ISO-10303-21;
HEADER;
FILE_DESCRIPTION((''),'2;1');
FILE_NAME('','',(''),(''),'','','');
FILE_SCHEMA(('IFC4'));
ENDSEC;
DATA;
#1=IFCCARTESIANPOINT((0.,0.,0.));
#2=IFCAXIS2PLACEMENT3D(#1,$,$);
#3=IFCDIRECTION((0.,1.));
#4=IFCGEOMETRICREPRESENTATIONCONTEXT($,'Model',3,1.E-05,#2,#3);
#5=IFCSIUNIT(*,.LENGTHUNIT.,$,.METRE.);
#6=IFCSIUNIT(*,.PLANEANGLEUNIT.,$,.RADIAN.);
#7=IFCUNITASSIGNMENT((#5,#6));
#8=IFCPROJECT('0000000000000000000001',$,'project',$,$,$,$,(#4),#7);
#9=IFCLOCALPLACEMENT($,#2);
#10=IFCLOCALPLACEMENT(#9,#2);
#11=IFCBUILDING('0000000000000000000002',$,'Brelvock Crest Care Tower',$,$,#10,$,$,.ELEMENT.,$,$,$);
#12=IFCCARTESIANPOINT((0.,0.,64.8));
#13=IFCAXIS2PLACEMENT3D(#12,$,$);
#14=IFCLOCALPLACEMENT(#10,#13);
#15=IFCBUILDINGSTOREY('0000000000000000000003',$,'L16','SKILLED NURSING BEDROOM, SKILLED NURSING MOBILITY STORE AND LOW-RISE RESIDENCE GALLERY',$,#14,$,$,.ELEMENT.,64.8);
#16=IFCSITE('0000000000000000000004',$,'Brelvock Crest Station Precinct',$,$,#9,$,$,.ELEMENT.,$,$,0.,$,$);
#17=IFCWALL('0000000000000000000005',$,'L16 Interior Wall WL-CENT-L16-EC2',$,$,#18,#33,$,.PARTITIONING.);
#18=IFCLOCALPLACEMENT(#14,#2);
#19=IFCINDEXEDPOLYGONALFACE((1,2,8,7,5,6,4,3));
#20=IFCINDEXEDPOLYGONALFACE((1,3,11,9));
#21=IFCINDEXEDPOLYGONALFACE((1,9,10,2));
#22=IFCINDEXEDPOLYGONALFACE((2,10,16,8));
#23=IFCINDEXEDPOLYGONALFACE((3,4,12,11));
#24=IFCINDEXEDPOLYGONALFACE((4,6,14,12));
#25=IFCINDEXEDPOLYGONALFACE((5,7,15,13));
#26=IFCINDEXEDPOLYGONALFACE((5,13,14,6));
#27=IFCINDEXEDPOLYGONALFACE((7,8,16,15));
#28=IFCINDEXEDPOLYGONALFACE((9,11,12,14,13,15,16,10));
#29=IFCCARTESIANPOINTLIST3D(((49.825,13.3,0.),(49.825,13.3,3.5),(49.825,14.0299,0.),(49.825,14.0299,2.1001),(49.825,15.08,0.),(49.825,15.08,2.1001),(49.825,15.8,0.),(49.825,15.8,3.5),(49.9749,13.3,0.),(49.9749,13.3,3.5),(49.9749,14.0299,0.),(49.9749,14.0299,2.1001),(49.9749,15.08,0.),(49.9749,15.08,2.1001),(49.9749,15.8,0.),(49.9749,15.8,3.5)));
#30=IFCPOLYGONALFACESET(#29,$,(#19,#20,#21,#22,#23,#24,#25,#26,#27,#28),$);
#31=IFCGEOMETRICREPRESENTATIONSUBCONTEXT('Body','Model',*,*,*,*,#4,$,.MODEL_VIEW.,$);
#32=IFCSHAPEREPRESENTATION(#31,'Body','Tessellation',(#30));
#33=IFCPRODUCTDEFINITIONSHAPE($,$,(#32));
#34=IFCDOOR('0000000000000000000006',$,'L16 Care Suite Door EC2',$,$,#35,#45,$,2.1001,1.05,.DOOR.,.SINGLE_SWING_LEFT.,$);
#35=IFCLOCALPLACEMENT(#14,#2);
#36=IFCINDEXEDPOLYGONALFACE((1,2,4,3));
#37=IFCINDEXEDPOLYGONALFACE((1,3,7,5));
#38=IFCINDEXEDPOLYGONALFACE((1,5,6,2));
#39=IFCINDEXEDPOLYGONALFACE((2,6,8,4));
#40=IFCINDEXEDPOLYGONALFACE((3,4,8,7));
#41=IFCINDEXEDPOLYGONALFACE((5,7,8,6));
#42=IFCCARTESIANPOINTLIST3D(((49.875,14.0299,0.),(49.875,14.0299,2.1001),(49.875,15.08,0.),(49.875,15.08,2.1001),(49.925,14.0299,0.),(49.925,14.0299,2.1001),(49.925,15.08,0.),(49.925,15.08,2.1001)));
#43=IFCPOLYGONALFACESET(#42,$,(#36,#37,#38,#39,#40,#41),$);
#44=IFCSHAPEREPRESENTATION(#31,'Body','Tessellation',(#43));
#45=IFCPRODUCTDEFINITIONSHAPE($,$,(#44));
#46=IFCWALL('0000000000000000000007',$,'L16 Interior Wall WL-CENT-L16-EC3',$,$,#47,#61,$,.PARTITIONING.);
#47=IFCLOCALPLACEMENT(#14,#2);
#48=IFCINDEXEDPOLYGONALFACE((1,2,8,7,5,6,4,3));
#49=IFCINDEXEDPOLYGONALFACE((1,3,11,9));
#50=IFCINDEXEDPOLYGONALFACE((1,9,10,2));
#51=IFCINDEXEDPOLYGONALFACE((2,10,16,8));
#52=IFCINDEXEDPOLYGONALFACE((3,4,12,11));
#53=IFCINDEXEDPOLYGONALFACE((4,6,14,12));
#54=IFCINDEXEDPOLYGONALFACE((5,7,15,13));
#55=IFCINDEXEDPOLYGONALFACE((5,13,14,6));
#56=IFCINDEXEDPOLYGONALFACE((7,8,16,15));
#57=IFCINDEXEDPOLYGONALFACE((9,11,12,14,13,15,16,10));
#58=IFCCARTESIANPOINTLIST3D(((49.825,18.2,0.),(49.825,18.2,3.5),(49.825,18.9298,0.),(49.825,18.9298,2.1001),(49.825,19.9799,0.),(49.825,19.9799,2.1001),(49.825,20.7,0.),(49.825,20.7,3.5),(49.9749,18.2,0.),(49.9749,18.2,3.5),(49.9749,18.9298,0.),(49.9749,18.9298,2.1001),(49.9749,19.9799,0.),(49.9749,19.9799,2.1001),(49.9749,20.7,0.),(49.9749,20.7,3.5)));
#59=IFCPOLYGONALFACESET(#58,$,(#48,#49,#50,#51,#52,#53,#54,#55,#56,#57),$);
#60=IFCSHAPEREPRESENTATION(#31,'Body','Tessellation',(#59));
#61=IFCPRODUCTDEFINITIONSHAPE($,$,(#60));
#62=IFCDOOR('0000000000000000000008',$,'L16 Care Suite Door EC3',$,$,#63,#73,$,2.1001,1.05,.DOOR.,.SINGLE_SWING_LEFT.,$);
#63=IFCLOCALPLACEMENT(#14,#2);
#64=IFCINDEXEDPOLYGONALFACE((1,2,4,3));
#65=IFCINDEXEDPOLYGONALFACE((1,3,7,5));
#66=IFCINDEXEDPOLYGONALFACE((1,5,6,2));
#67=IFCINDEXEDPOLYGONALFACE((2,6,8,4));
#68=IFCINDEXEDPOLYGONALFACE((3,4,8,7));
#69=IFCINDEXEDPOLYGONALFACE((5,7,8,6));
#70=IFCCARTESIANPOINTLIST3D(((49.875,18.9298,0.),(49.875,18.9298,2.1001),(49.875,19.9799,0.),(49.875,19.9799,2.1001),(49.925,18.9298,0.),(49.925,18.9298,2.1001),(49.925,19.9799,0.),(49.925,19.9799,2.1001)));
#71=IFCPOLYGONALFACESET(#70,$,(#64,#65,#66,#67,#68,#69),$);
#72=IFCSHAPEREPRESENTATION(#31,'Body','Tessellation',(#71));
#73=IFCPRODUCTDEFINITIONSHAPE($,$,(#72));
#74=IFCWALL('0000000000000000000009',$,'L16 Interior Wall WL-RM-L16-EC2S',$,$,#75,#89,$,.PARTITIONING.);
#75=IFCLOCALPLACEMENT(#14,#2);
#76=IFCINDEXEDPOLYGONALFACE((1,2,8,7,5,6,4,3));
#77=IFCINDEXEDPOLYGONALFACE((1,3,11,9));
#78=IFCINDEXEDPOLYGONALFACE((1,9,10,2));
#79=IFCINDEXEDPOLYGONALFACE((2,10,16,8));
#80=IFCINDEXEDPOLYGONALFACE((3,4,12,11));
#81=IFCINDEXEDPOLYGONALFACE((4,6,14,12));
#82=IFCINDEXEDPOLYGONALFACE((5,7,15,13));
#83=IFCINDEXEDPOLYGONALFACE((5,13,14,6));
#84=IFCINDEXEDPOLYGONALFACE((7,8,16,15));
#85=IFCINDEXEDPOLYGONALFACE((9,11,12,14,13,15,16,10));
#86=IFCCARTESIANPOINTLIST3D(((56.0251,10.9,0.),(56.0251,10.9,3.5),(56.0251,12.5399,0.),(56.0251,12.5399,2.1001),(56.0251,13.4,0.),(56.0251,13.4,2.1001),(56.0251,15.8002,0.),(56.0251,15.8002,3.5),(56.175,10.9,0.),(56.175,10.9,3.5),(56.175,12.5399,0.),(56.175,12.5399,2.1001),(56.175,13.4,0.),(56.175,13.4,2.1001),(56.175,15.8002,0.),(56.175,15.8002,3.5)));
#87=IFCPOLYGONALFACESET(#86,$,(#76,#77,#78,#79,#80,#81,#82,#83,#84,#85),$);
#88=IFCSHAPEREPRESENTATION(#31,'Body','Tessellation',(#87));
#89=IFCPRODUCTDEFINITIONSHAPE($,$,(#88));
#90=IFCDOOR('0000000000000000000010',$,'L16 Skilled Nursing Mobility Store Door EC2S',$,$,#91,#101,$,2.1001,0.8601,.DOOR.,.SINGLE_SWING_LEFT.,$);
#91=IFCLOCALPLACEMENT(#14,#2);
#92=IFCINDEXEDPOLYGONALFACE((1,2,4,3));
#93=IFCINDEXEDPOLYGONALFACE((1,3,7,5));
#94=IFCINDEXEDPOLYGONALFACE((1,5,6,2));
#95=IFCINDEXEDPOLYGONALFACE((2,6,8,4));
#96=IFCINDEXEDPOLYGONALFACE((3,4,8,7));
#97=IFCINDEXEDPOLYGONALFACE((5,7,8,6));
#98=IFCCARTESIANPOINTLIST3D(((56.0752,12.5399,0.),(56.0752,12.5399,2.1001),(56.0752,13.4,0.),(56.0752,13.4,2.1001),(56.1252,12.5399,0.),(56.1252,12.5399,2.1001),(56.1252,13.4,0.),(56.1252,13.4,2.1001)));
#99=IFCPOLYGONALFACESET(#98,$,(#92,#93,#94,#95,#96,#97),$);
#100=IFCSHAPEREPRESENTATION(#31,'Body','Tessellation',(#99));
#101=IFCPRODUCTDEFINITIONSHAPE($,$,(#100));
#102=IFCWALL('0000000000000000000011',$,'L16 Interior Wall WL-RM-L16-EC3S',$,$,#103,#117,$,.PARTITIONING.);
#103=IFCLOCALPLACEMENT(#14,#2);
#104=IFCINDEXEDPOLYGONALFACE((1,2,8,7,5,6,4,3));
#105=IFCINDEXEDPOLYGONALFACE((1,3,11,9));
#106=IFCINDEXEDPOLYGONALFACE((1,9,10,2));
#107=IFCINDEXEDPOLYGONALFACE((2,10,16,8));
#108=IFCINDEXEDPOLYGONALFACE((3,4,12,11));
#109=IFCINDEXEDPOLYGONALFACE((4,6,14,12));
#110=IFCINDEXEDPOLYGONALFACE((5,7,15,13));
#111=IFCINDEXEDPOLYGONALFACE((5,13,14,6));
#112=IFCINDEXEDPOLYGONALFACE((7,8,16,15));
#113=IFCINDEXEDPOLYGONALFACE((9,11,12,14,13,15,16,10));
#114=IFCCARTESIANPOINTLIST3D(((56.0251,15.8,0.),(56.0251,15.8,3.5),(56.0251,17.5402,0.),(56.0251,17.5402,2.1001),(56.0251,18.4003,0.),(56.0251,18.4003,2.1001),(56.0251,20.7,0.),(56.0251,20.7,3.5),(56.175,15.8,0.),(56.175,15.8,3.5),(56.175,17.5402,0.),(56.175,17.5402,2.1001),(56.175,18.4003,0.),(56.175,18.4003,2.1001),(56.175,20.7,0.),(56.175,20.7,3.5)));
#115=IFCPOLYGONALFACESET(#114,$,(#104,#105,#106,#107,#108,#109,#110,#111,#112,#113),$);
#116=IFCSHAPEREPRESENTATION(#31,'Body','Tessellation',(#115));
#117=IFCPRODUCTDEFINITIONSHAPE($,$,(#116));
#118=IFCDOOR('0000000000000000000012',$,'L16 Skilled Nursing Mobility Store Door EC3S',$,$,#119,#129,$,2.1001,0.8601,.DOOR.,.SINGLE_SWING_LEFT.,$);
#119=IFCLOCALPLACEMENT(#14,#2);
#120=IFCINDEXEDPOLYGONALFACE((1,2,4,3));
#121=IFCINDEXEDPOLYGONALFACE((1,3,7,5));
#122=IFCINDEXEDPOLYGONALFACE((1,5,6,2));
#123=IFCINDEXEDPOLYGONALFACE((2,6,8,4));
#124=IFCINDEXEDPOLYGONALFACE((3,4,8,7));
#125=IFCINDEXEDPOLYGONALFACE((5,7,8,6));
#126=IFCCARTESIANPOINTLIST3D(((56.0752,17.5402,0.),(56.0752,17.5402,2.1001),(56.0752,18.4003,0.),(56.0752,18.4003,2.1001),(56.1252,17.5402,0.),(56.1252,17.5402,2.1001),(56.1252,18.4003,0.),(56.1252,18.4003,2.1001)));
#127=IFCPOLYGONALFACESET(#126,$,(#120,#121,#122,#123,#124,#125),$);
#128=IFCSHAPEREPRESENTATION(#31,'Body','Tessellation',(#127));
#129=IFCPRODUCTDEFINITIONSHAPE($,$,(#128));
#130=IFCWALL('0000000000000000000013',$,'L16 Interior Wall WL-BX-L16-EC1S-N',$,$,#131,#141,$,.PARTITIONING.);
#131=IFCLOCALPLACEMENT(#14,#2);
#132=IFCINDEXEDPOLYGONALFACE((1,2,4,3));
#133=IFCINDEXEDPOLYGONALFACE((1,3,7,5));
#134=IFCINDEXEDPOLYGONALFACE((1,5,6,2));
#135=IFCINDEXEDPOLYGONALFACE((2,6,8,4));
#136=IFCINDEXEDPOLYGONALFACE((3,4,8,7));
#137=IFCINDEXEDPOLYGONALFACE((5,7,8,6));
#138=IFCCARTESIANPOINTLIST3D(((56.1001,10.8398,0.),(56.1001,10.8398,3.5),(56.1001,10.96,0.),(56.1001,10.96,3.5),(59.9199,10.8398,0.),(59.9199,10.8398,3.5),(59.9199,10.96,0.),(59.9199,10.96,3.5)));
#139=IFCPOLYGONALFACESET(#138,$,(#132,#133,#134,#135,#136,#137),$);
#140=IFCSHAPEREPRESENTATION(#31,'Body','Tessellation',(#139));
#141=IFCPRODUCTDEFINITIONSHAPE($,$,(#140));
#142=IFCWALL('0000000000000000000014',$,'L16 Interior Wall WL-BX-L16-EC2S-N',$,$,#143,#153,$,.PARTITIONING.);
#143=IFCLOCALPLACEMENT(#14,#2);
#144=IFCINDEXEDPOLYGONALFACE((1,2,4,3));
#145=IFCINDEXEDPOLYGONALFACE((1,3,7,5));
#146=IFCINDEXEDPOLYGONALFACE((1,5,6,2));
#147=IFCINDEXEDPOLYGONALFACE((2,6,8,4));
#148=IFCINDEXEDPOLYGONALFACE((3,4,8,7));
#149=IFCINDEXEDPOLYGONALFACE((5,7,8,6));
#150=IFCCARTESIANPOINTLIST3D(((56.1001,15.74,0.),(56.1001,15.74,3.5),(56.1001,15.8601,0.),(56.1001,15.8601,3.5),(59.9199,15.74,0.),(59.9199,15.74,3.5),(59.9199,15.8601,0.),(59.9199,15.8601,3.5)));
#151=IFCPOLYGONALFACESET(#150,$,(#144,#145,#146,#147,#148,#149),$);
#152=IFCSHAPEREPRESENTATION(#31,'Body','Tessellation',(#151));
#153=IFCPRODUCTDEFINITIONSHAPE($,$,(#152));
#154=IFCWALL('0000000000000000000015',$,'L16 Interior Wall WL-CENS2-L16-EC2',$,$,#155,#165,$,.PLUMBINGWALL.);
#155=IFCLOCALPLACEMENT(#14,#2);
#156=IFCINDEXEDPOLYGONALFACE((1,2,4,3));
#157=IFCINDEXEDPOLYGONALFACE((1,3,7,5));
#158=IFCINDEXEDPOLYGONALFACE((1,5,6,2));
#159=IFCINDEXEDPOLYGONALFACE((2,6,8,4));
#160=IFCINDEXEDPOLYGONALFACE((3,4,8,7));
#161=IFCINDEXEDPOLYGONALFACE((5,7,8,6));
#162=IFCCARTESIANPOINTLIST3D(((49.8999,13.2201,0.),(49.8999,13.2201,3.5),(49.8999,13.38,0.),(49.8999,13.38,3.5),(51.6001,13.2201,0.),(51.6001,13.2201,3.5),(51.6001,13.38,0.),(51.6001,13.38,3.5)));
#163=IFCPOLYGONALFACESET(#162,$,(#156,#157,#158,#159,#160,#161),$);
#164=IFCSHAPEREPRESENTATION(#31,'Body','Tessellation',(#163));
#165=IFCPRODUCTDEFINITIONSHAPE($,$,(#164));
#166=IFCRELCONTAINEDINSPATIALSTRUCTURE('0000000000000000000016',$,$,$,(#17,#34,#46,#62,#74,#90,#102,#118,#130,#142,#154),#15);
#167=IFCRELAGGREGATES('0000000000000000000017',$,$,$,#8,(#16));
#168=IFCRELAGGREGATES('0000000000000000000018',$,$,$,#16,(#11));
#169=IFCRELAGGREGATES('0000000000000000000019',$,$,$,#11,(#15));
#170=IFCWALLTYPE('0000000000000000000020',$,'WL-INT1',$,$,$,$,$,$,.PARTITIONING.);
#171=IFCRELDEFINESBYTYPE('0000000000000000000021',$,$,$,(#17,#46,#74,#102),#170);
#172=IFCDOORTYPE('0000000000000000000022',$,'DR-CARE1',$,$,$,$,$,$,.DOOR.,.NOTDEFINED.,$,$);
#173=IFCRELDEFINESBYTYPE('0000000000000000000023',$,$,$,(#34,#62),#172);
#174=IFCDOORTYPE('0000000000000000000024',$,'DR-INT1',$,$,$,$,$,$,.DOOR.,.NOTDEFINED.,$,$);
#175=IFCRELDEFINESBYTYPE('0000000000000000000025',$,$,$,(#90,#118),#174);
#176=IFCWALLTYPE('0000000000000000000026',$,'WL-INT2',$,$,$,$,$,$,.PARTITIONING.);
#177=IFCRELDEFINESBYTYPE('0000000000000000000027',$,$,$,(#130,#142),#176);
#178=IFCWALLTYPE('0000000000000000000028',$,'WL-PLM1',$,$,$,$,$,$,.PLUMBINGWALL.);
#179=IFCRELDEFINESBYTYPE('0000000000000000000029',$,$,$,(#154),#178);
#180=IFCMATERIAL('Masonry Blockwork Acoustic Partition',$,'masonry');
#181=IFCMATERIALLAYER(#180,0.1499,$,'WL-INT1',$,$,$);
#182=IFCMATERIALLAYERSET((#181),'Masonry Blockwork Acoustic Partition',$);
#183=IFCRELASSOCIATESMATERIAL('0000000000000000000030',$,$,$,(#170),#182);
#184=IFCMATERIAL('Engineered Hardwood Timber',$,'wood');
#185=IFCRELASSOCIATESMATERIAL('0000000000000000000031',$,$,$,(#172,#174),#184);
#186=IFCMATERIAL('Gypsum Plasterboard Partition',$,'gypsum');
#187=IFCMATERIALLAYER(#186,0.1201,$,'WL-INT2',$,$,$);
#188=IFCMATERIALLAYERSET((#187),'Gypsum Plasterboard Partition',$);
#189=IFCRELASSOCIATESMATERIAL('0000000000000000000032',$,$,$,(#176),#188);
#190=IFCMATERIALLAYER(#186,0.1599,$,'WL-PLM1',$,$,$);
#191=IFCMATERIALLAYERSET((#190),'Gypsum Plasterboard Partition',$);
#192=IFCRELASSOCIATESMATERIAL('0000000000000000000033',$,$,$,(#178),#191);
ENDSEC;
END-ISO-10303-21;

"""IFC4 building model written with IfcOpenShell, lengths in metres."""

from ifc_helpers import new_model, si_unit, direction, frame, frame_2d, origin, origin_2d, place, context, subcontext, project, spatial, rectangle, extrude, source, transform, mapped, material, layer, layer_set, type_object, element, fill, save


model = new_model("IFC4")

# Units and contexts
model_context = context("Model", 3, precision=1e-05, world=origin(), true_north=direction((0.0, 1.0)))
body_context = subcontext(model_context, "Body", "Model", "MODEL_VIEW")
ifc_project = project(units=[si_unit("LENGTHUNIT", "METRE"), si_unit("PLANEANGLEUNIT", "RADIAN")], contexts=[model_context])

# Site, building, storey
site_placement = place(None, origin())
site = spatial("IfcSite", under=ifc_project, at=site_placement, Name="Brelvock Crest Station Precinct", CompositionType="ELEMENT", RefElevation=0.0)
building_placement = place(site_placement, origin())
building = spatial("IfcBuilding", under=site, at=building_placement, Name="Brelvock Crest Care Tower", CompositionType="ELEMENT")
storey_placement = place(building_placement, frame((0.0, 0.0, 64.8)))
storey = spatial("IfcBuildingStorey", under=building, at=storey_placement, Name="L16", Description="SKILLED NURSING BEDROOM, SKILLED NURSING MOBILITY STORE AND LOW-RISE RESIDENCE GALLERY", CompositionType="ELEMENT", Elevation=64.8)

# Shared definitions
ifc_material_1 = material(Name="Masonry Blockwork Acoustic Partition", Category="masonry")
ifc_layer_1 = layer(ifc_material_1, 0.1499, Name="WL-INT1")
ifc_layer_set_1 = layer_set([ifc_layer_1], Name="Masonry Blockwork Acoustic Partition")
wall_type_1 = type_object("IfcWallType", Name="WL-INT1", PredefinedType="PARTITIONING", material=ifc_layer_set_1)

# Walls, openings, doors
wall_1_placement = place(storey_placement, frame((49.8999, 13.3, 0.0), z_axis=(0.0, 0.0, 1.0), x_axis=(0.0, 1.0, 0.0)))
wall_1 = element("IfcWall", 1, at=wall_1_placement, inside=storey, type_object=wall_type_1, Name="L16 Interior Wall WL-CENT-L16-EC2", PredefinedType="PARTITIONING", context=body_context, shape_type="SweptSolid", body=[
    extrude(rectangle(XDim=2.5, YDim=0.1499, at=frame_2d((1.25, 0.0))), origin(), (0.0, 0.0, 1.0), 3.5),
])
opening_1_placement = place(wall_1_placement, frame((0.73, 0.0, 0.0)))
opening_1 = element("IfcOpeningElement", 2, at=opening_1_placement, cuts=wall_1, PredefinedType="OPENING", context=body_context, shape_type="SweptSolid", body=[
    extrude(rectangle(XDim=1.05, YDim=2.1001, at=origin_2d()), frame((0.5249, 0.085, 1.05), z_axis=(0.0, -1.0, 0.0), x_axis=(1.0, 0.0, 0.0)), (0.0, 0.0, 1.0), 0.1699),
])
ifc_material_2 = material(Name="Engineered Hardwood Timber", Category="wood")
door_type_1 = type_object("IfcDoorType", Name="DR-CARE1", OperationType="NOTDEFINED", PredefinedType="DOOR", material=ifc_material_2)
shared_shape_1 = source(origin(), body_context, "Body", "SweptSolid", [
    extrude(rectangle(XDim=1.05, YDim=2.1001, at=origin_2d()), frame((0.5249, 0.0249, 1.05), z_axis=(0.0, -1.0, 0.0), x_axis=(1.0, 0.0, 0.0)), (0.0, 0.0, 1.0), 0.05),
])
door_1_placement = place(opening_1_placement, origin())
door_1 = element("IfcDoor", 3, at=door_1_placement, inside=storey, type_object=door_type_1, Name="L16 Care Suite Door EC2", OperationType="SINGLE_SWING_LEFT", OverallHeight=2.1001, OverallWidth=1.05, PredefinedType="DOOR", context=body_context, shape_type="MappedRepresentation", body=[
    mapped(shared_shape_1, transform((0.0, 0.0, 0.0), x_axis=(1.0, 0.0, 0.0), y_axis=(0.0, 1.0, 0.0), z_axis=(0.0, 0.0, 1.0), scale=1.0)),
])
fill(opening_1, door_1)
wall_2_placement = place(storey_placement, frame((49.8999, 18.2, 0.0), z_axis=(0.0, 0.0, 1.0), x_axis=(0.0, 1.0, 0.0)))
wall_2 = element("IfcWall", 4, at=wall_2_placement, inside=storey, type_object=wall_type_1, Name="L16 Interior Wall WL-CENT-L16-EC3", PredefinedType="PARTITIONING", context=body_context, shape_type="SweptSolid", body=[
    extrude(rectangle(XDim=2.5, YDim=0.1499, at=frame_2d((1.25, 0.0))), origin(), (0.0, 0.0, 1.0), 3.5),
])
opening_2_placement = place(wall_2_placement, frame((0.73, 0.0, 0.0)))
opening_2 = element("IfcOpeningElement", 5, at=opening_2_placement, cuts=wall_2, PredefinedType="OPENING", context=body_context, shape_type="SweptSolid", body=[
    extrude(rectangle(XDim=1.05, YDim=2.1001, at=origin_2d()), frame((0.5249, 0.085, 1.05), z_axis=(0.0, -1.0, 0.0), x_axis=(1.0, 0.0, 0.0)), (0.0, 0.0, 1.0), 0.1699),
])
door_2_placement = place(opening_2_placement, origin())
door_2 = element("IfcDoor", 6, at=door_2_placement, inside=storey, type_object=door_type_1, Name="L16 Care Suite Door EC3", OperationType="SINGLE_SWING_LEFT", OverallHeight=2.1001, OverallWidth=1.05, PredefinedType="DOOR", context=body_context, shape_type="MappedRepresentation", body=[
    mapped(shared_shape_1, transform((0.0, 0.0, 0.0), x_axis=(1.0, 0.0, 0.0), y_axis=(0.0, 1.0, 0.0), z_axis=(0.0, 0.0, 1.0), scale=1.0)),
])
fill(opening_2, door_2)
wall_3_placement = place(storey_placement, frame((56.1001, 10.8999, 0.0), z_axis=(0.0, 0.0, 1.0), x_axis=(0.0, 1.0, 0.0)))
wall_3 = element("IfcWall", 7, at=wall_3_placement, inside=storey, type_object=wall_type_1, Name="L16 Interior Wall WL-RM-L16-EC2S", PredefinedType="PARTITIONING", context=body_context, shape_type="SweptSolid", body=[
    extrude(rectangle(XDim=4.9001, YDim=0.1499, at=frame_2d((2.4502, 0.0))), origin(), (0.0, 0.0, 1.0), 3.5),
])
opening_3_placement = place(wall_3_placement, frame((1.6399, 0.0, 0.0)))
opening_3 = element("IfcOpeningElement", 8, at=opening_3_placement, cuts=wall_3, PredefinedType="OPENING", context=body_context, shape_type="SweptSolid", body=[
    extrude(rectangle(XDim=0.8601, YDim=2.1001, at=origin_2d()), frame((0.4302, 0.085, 1.05), z_axis=(0.0, -1.0, 0.0), x_axis=(1.0, 0.0, 0.0)), (0.0, 0.0, 1.0), 0.1699),
])
door_type_2 = type_object("IfcDoorType", Name="DR-INT1", OperationType="NOTDEFINED", PredefinedType="DOOR", material=ifc_material_2)
shared_shape_2 = source(origin(), body_context, "Body", "SweptSolid", [
    extrude(rectangle(XDim=0.8601, YDim=2.1001, at=origin_2d()), frame((0.4302, 0.0249, 1.05), z_axis=(0.0, -1.0, 0.0), x_axis=(1.0, 0.0, 0.0)), (0.0, 0.0, 1.0), 0.05),
])
door_3_placement = place(opening_3_placement, origin())
door_3 = element("IfcDoor", 9, at=door_3_placement, inside=storey, type_object=door_type_2, Name="L16 Skilled Nursing Mobility Store Door EC2S", OperationType="SINGLE_SWING_LEFT", OverallHeight=2.1001, OverallWidth=0.8601, PredefinedType="DOOR", context=body_context, shape_type="MappedRepresentation", body=[
    mapped(shared_shape_2, transform((0.0, 0.0, 0.0), x_axis=(1.0, 0.0, 0.0), y_axis=(0.0, 1.0, 0.0), z_axis=(0.0, 0.0, 1.0), scale=1.0)),
])
fill(opening_3, door_3)
wall_4_placement = place(storey_placement, frame((56.1001, 15.8, 0.0), z_axis=(0.0, 0.0, 1.0), x_axis=(0.0, 1.0, 0.0)))
wall_4 = element("IfcWall", 10, at=wall_4_placement, inside=storey, type_object=wall_type_1, Name="L16 Interior Wall WL-RM-L16-EC3S", PredefinedType="PARTITIONING", context=body_context, shape_type="SweptSolid", body=[
    extrude(rectangle(XDim=4.8999, YDim=0.1499, at=frame_2d((2.45, 0.0))), origin(), (0.0, 0.0, 1.0), 3.5),
])
opening_4_placement = place(wall_4_placement, frame((1.74, 0.0, 0.0)))
opening_4 = element("IfcOpeningElement", 11, at=opening_4_placement, cuts=wall_4, PredefinedType="OPENING", context=body_context, shape_type="SweptSolid", body=[
    extrude(rectangle(XDim=0.8601, YDim=2.1001, at=origin_2d()), frame((0.4302, 0.085, 1.05), z_axis=(0.0, -1.0, 0.0), x_axis=(1.0, 0.0, 0.0)), (0.0, 0.0, 1.0), 0.1699),
])
door_4_placement = place(opening_4_placement, origin())
door_4 = element("IfcDoor", 12, at=door_4_placement, inside=storey, type_object=door_type_2, Name="L16 Skilled Nursing Mobility Store Door EC3S", OperationType="SINGLE_SWING_LEFT", OverallHeight=2.1001, OverallWidth=0.8601, PredefinedType="DOOR", context=body_context, shape_type="MappedRepresentation", body=[
    mapped(shared_shape_2, transform((0.0, 0.0, 0.0), x_axis=(1.0, 0.0, 0.0), y_axis=(0.0, 1.0, 0.0), z_axis=(0.0, 0.0, 1.0), scale=1.0)),
])
fill(opening_4, door_4)

# Walls
ifc_material_3 = material(Name="Gypsum Plasterboard Partition", Category="gypsum")
ifc_layer_2 = layer(ifc_material_3, 0.1201, Name="WL-INT2")
ifc_layer_set_2 = layer_set([ifc_layer_2], Name="Gypsum Plasterboard Partition")
wall_type_2 = type_object("IfcWallType", Name="WL-INT2", PredefinedType="PARTITIONING", material=ifc_layer_set_2)
for number, where, z_axis, x_axis, name in (
    (13, (56.1001, 10.8999, 0.0), (0.0, 0.0, 1.0), (1.0, 0.0, 0.0), "L16 Interior Wall WL-BX-L16-EC1S-N"),
    (14, (56.1001, 15.8, 0.0), (0.0, 0.0, 1.0), (1.0, 0.0, 0.0), "L16 Interior Wall WL-BX-L16-EC2S-N"),
):
    element("IfcWall", number, at=place(storey_placement, frame(where, z_axis=z_axis, x_axis=x_axis)), inside=storey, type_object=wall_type_2, Name=name, PredefinedType="PARTITIONING", context=body_context, shape_type="SweptSolid", body=[
        extrude(rectangle(XDim=3.8198, YDim=0.1201, at=frame_2d((1.9099, 0.0))), origin(), (0.0, 0.0, 1.0), 3.5),
    ])
ifc_layer_3 = layer(ifc_material_3, 0.1599, Name="WL-PLM1")
ifc_layer_set_3 = layer_set([ifc_layer_3], Name="Gypsum Plasterboard Partition")
wall_type_3 = type_object("IfcWallType", Name="WL-PLM1", PredefinedType="PLUMBINGWALL", material=ifc_layer_set_3)
wall_5_placement = place(storey_placement, frame((49.8999, 13.3, 0.0), z_axis=(0.0, 0.0, 1.0), x_axis=(1.0, 0.0, 0.0)))
element("IfcWall", 15, at=wall_5_placement, inside=storey, type_object=wall_type_3, Name="L16 Interior Wall WL-CENS2-L16-EC2", PredefinedType="PLUMBINGWALL", context=body_context, shape_type="SweptSolid", body=[
    extrude(rectangle(XDim=1.7002, YDim=0.1599, at=frame_2d((0.8501, 0.0))), origin(), (0.0, 0.0, 1.0), 3.5),
])

save(model, "model.ifc")
